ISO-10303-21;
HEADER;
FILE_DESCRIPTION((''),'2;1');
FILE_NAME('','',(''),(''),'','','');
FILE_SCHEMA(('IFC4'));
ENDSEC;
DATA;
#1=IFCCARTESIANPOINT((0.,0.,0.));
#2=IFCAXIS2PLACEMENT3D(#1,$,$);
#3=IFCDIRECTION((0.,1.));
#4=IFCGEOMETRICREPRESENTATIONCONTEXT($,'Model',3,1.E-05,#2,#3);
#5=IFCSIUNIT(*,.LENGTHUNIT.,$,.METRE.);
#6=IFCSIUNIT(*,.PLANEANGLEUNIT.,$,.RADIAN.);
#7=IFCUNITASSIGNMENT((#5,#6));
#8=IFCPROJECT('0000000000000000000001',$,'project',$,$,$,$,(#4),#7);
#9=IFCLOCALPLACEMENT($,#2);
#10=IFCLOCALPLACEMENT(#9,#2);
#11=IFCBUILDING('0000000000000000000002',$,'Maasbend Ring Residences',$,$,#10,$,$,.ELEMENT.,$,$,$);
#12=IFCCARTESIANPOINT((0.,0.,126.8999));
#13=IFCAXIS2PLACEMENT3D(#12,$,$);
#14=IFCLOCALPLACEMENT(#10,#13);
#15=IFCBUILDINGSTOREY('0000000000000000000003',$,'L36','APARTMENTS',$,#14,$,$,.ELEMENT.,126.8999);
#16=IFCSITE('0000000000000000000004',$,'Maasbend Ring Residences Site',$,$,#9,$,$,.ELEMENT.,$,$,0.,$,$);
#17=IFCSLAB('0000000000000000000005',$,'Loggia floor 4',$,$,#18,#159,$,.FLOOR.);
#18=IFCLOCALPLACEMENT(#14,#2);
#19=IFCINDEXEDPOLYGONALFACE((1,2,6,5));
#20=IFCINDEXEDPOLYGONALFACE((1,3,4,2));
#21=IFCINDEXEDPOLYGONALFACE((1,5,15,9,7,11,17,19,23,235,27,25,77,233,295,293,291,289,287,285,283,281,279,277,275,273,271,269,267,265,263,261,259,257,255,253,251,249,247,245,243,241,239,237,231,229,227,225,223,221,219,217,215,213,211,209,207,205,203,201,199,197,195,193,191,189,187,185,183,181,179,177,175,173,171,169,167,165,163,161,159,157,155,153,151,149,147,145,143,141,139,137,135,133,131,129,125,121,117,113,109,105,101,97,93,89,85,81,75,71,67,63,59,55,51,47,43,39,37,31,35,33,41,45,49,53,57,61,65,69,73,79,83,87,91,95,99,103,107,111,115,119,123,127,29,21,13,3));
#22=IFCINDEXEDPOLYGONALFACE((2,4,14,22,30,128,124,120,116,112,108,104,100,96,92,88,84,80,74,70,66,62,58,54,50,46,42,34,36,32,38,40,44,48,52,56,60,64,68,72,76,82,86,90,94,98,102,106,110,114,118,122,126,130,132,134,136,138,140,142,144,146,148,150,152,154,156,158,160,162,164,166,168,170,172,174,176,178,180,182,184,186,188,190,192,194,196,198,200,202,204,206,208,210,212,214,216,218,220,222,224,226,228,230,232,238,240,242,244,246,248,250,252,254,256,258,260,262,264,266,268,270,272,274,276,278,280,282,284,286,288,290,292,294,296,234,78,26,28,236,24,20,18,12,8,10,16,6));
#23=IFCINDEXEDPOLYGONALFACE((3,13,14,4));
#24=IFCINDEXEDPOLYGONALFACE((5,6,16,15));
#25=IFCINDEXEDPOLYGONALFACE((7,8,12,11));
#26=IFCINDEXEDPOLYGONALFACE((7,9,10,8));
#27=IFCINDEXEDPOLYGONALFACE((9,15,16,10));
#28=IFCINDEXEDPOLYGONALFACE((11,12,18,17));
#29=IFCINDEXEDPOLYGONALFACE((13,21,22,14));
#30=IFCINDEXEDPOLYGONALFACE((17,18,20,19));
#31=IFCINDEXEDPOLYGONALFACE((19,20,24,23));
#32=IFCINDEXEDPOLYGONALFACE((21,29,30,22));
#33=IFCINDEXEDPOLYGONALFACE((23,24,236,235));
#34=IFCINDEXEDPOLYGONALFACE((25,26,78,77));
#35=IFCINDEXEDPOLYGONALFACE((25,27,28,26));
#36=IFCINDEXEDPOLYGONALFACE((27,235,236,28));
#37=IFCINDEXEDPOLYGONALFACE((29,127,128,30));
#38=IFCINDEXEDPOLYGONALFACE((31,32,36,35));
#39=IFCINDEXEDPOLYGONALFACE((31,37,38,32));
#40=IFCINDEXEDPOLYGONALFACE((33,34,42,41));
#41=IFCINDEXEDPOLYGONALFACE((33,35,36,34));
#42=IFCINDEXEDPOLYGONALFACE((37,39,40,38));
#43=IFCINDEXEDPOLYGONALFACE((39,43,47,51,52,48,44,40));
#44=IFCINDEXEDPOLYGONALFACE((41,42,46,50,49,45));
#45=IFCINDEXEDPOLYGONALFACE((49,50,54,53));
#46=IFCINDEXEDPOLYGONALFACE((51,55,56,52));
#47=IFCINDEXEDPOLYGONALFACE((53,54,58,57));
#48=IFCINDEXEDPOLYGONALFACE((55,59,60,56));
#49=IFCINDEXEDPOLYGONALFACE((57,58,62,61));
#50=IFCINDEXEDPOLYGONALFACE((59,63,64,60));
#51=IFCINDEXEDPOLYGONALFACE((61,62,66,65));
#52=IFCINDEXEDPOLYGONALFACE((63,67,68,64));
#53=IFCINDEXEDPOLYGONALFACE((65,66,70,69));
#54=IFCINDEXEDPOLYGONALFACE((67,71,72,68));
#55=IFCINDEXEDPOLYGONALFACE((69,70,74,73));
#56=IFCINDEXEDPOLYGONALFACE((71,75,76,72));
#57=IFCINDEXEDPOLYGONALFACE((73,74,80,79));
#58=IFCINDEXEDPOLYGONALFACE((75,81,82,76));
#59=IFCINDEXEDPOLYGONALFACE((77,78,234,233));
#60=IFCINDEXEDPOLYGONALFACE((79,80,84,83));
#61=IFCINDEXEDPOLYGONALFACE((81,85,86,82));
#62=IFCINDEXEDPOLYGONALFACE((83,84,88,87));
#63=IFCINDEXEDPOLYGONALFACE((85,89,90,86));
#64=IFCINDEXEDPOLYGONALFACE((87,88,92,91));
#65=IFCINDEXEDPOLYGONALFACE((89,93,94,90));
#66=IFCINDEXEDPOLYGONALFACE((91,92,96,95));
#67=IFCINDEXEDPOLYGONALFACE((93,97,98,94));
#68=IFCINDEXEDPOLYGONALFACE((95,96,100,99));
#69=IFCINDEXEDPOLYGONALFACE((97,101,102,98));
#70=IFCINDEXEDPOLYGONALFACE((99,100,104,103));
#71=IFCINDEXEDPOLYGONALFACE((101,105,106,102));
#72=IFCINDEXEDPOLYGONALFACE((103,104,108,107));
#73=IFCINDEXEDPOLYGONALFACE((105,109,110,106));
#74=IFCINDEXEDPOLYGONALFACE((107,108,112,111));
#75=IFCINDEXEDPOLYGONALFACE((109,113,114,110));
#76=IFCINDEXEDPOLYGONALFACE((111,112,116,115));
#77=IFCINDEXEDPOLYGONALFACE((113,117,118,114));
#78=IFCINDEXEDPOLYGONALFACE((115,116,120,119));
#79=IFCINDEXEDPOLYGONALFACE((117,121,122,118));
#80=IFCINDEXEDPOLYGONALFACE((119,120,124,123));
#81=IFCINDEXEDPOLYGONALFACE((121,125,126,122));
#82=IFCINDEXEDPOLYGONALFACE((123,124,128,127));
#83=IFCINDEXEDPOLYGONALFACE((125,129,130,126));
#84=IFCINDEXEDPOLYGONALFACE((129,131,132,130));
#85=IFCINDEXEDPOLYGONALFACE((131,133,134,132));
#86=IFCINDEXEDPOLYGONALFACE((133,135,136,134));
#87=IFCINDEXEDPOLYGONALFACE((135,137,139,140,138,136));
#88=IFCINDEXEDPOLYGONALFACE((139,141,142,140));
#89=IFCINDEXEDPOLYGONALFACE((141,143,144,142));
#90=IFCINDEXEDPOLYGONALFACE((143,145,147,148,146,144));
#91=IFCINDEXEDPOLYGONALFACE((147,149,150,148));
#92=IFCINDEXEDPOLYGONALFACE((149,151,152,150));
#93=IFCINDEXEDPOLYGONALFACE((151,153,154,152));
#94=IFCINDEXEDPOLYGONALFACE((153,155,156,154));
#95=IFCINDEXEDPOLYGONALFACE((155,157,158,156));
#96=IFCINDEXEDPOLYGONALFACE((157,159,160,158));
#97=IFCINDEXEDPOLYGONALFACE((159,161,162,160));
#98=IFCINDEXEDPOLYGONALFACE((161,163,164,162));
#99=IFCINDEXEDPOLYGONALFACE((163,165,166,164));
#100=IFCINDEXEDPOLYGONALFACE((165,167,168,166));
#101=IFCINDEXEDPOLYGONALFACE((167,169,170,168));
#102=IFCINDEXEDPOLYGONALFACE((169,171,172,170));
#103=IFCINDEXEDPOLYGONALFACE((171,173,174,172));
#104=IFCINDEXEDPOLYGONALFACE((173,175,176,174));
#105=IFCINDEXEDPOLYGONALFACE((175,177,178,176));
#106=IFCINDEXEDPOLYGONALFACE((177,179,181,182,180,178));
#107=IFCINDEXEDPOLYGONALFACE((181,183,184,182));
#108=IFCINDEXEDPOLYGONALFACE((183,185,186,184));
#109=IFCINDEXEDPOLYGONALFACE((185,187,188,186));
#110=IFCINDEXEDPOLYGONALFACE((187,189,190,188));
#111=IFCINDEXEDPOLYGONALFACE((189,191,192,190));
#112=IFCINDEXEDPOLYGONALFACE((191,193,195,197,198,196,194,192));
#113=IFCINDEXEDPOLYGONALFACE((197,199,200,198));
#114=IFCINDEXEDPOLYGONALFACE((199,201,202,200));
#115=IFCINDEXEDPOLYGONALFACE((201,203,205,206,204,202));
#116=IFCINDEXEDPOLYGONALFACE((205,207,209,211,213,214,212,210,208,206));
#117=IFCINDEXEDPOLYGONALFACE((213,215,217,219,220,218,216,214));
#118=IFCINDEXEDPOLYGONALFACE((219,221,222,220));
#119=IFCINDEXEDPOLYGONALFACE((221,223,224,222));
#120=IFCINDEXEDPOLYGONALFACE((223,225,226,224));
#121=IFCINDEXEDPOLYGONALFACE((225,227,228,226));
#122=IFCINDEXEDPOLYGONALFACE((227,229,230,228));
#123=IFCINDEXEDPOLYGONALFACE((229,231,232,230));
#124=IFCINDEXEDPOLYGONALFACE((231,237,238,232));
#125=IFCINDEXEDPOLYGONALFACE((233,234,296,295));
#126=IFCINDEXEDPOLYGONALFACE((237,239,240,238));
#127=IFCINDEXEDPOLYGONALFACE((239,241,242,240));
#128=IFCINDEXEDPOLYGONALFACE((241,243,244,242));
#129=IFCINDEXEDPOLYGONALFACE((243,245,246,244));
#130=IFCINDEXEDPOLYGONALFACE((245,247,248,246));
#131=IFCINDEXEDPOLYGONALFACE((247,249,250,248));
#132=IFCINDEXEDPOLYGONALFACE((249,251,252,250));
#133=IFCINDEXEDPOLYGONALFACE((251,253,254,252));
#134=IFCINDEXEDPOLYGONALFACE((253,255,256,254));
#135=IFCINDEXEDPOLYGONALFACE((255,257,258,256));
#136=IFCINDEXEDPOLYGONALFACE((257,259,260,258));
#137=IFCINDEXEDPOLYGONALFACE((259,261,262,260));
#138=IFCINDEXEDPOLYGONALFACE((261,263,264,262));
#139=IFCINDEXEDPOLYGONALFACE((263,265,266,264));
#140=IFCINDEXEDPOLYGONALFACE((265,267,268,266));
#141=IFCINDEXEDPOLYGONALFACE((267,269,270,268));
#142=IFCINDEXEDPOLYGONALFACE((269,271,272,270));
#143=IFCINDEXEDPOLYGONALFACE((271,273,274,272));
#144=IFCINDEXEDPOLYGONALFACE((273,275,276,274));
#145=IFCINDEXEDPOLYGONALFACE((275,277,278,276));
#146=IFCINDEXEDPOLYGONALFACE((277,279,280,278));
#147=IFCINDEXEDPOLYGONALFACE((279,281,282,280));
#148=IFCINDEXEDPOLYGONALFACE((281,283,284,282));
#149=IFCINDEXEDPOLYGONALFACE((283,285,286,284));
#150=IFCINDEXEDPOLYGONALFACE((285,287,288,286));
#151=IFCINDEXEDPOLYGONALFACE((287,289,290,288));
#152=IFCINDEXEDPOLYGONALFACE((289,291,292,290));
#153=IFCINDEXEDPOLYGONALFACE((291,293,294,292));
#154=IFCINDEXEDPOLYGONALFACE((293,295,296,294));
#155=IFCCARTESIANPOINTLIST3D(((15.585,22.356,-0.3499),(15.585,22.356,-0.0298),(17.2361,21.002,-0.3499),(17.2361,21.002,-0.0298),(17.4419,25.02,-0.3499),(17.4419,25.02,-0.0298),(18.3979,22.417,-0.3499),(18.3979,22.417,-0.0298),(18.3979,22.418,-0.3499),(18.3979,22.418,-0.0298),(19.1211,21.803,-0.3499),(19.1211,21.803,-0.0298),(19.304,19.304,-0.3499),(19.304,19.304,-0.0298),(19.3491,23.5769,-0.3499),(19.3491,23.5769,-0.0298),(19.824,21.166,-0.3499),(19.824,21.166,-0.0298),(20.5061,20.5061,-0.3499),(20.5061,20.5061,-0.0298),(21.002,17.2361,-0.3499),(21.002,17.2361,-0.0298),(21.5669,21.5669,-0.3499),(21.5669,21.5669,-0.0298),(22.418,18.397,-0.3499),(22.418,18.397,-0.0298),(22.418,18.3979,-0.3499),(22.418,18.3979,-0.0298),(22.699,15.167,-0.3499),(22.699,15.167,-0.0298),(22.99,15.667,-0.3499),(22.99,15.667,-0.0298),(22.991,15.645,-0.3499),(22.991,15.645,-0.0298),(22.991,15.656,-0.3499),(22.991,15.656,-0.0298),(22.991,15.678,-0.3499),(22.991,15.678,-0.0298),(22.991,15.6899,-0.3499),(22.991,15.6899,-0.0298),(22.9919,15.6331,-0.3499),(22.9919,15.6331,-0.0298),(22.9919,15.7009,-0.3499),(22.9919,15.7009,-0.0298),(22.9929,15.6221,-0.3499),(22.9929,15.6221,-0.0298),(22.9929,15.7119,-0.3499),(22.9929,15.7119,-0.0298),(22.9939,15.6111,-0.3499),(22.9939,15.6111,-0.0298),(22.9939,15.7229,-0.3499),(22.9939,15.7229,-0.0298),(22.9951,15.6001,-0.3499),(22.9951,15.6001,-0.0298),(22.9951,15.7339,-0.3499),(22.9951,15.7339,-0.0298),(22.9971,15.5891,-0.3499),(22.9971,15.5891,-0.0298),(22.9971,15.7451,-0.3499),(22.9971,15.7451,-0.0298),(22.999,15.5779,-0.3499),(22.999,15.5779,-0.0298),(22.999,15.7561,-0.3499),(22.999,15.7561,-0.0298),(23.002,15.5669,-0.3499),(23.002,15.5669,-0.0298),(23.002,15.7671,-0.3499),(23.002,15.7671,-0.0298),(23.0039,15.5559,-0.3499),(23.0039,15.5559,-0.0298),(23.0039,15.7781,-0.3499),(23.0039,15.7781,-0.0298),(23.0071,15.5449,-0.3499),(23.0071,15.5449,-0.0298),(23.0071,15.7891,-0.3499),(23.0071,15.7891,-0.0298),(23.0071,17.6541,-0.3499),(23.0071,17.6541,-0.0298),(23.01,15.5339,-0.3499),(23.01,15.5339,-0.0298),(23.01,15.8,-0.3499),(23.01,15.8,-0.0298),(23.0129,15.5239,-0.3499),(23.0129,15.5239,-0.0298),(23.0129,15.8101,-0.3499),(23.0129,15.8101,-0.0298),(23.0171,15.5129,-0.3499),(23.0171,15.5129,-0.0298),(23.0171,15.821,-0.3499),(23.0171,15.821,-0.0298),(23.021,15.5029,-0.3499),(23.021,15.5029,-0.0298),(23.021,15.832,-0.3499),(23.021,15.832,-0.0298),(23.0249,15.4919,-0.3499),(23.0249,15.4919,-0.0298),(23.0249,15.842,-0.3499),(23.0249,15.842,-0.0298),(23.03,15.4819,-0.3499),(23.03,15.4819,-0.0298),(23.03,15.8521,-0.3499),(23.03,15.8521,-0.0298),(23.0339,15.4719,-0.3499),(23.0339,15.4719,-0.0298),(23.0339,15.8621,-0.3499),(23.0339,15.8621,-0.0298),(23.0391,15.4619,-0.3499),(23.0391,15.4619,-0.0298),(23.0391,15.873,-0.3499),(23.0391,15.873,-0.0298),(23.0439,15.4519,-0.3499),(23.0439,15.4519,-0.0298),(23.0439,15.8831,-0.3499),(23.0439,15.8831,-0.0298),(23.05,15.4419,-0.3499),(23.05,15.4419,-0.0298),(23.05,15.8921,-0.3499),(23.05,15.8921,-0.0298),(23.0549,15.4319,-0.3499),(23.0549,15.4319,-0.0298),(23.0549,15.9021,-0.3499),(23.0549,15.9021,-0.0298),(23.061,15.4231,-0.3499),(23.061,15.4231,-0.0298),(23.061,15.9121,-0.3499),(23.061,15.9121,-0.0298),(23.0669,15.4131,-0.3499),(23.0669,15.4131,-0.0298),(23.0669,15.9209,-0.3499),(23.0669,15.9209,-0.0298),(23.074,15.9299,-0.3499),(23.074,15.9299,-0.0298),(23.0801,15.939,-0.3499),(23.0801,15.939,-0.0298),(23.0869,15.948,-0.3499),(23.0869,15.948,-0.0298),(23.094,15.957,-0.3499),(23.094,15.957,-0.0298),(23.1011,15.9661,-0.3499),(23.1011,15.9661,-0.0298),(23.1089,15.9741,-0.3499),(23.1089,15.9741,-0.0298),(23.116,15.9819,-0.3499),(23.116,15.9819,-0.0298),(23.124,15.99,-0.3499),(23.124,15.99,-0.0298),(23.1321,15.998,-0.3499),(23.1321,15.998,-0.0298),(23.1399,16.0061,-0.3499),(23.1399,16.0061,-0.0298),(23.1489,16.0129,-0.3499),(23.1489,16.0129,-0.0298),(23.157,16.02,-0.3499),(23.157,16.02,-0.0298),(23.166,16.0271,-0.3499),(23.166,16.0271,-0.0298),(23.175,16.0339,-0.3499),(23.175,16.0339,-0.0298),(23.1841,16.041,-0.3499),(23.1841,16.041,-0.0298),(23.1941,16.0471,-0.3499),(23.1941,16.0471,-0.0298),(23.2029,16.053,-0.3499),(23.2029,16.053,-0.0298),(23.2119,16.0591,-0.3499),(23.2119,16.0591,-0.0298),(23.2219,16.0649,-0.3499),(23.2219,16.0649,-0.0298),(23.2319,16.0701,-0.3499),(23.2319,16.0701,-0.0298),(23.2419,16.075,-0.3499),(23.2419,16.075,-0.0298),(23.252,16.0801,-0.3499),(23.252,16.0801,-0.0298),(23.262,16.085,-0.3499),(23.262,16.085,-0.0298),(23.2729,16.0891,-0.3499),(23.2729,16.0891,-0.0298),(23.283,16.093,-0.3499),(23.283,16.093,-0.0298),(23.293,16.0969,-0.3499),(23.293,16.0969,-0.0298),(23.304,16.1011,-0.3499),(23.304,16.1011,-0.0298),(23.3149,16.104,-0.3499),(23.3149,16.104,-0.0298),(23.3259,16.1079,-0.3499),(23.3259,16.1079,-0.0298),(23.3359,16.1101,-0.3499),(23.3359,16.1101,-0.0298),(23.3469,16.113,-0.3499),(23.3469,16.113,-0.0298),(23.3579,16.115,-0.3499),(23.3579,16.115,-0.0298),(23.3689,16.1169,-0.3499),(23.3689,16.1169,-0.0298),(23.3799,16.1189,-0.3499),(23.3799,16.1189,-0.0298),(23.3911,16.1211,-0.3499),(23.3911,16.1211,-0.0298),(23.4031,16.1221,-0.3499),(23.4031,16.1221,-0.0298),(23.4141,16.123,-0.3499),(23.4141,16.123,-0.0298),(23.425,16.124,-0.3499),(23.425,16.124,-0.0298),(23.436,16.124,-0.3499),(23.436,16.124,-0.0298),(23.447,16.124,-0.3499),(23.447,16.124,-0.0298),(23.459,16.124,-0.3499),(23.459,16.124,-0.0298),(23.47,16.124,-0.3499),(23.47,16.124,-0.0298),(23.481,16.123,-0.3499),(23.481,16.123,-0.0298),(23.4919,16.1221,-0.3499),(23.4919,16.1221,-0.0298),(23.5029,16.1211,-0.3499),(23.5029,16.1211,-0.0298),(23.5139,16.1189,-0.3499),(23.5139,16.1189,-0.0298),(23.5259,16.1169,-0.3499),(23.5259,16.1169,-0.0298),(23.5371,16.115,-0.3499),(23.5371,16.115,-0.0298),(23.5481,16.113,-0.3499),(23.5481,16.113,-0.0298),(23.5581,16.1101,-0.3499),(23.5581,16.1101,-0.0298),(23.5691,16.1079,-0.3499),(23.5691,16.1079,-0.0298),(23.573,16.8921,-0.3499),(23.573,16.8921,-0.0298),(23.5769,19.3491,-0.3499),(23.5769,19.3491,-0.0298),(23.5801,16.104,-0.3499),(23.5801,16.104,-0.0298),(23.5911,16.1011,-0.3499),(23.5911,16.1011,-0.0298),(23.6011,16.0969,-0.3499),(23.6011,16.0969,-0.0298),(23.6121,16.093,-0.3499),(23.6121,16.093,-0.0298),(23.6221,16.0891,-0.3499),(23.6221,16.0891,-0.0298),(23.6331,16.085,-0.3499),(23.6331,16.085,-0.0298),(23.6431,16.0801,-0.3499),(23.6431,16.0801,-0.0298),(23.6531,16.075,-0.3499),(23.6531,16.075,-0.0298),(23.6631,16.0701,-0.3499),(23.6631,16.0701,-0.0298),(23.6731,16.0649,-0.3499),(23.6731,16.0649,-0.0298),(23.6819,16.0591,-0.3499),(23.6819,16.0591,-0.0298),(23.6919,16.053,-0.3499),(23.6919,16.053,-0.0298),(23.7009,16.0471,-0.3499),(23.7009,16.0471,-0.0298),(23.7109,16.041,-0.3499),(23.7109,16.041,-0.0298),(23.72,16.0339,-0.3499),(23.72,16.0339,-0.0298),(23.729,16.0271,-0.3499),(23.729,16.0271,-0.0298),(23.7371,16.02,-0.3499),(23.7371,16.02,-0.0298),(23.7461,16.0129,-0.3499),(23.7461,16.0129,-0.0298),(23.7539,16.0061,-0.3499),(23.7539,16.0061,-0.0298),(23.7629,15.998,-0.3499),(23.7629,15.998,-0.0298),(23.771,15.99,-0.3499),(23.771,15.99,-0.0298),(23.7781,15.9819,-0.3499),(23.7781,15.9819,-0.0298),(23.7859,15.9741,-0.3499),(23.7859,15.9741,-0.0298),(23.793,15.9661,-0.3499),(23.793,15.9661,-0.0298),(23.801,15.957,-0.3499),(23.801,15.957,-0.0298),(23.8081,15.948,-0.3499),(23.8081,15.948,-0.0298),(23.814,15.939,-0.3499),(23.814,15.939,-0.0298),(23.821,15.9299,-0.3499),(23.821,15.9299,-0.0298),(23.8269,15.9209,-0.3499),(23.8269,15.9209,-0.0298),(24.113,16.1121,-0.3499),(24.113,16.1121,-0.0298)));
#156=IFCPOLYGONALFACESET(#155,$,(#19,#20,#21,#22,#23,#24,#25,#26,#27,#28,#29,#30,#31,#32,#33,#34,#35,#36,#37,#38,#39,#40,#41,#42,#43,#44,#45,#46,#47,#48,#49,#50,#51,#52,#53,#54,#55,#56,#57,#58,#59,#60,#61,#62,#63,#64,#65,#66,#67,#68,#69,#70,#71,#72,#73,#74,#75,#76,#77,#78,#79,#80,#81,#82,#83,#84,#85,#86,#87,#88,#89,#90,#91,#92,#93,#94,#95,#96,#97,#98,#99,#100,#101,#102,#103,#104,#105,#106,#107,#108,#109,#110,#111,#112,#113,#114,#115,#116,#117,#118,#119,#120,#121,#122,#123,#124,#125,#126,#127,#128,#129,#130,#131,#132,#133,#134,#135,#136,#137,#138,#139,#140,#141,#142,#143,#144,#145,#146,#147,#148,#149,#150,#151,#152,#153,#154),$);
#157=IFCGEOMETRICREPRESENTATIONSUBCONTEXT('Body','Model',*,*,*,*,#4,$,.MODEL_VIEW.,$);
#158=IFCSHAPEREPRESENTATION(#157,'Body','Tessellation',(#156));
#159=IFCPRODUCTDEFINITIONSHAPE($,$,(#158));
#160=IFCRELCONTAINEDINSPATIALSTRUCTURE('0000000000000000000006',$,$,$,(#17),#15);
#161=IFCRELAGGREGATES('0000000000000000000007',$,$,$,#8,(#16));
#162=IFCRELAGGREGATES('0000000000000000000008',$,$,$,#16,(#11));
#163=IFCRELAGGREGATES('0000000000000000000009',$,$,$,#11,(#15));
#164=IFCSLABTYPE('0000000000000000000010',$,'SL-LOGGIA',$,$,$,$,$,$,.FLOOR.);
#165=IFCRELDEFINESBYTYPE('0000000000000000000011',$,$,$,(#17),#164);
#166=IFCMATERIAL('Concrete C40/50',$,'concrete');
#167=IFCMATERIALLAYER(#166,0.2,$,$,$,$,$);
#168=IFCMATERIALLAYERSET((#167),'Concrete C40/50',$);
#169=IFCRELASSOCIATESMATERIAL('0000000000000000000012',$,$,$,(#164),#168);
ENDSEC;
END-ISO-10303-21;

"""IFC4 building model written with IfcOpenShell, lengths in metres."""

from ifc_helpers import new_model, si_unit, direction, frame, origin, place, context, subcontext, project, spatial, polyline, outline, extrude, material, layer, layer_set, type_object, element, save


model = new_model("IFC4")

# Units and contexts
model_context = context("Model", 3, precision=1e-05, world=origin(), true_north=direction((0.0, 1.0)))
body_context = subcontext(model_context, "Body", "Model", "MODEL_VIEW")
ifc_project = project(units=[si_unit("LENGTHUNIT", "METRE"), si_unit("PLANEANGLEUNIT", "RADIAN")], contexts=[model_context])

# Site, building, storey
site_placement = place(None, origin())
site = spatial("IfcSite", under=ifc_project, at=site_placement, Name="Maasbend Ring Residences Site", CompositionType="ELEMENT", RefElevation=0.0)
building_placement = place(site_placement, origin())
building = spatial("IfcBuilding", under=site, at=building_placement, Name="Maasbend Ring Residences", CompositionType="ELEMENT")
storey_placement = place(building_placement, frame((0.0, 0.0, 126.8999)))
storey = spatial("IfcBuildingStorey", under=building, at=storey_placement, Name="L36", Description="APARTMENTS", CompositionType="ELEMENT", Elevation=126.8999)

# Slab
ifc_material_1 = material(Name="Concrete C40/50", Category="concrete")
ifc_layer_1 = layer(ifc_material_1, 0.2)
ifc_layer_set_1 = layer_set([ifc_layer_1], Name="Concrete C40/50")
slab_type_1 = type_object("IfcSlabType", Name="SL-LOGGIA", PredefinedType="FLOOR", material=ifc_layer_set_1)
slab_1_placement = place(storey_placement, frame((0.0, 0.0, -0.3499)))
element("IfcSlab", 1, at=slab_1_placement, inside=storey, type_object=slab_type_1, Name="Loggia floor 4", PredefinedType="FLOOR", context=body_context, shape_type="SweptSolid", body=[
    extrude(outline(polyline([(19.3491, 23.5769), (19.3491, 23.5769), (19.3491, 23.5769), (18.3979, 22.418), (18.3979, 22.418), (18.3979, 22.418), (18.3979, 22.418), (18.3979, 22.418), (18.3979, 22.417), (18.3979, 22.417), (18.3979, 22.417), (18.3979, 22.417), (18.3979, 22.417), (18.3979, 22.417), (18.3979, 22.417), (18.3979, 22.417), (18.3979, 22.417), (18.3979, 22.417), (18.3979, 22.417), (18.3979, 22.417), (19.1211, 21.803), (19.1211, 21.803), (19.824, 21.166), (19.824, 21.166), (20.5061, 20.5061), (20.5061, 20.5061), (20.5061, 20.5061), (20.5061, 20.5061), (20.5061, 20.5061), (20.5061, 20.5061), (20.5061, 20.5061), (20.5061, 20.5061), (20.5061, 20.5061), (20.5061, 20.5061), (20.5061, 20.5061), (20.5061, 20.5061), (20.5061, 20.5061), (20.5061, 20.5061), (20.5061, 20.5061), (20.5061, 20.5061), (20.5061, 20.5061), (21.5669, 21.5669), (21.5669, 21.5669), (21.5669, 21.5669), (23.5769, 19.3491), (23.5769, 19.3491), (23.5769, 19.3491), (22.418, 18.3979), (22.418, 18.3979), (22.418, 18.3979), (22.418, 18.3979), (22.418, 18.3979), (22.418, 18.3979), (22.418, 18.397), (22.418, 18.397), (22.418, 18.397), (22.418, 18.397), (22.418, 18.397), (22.418, 18.397), (22.418, 18.397), (22.418, 18.397), (22.418, 18.397), (22.418, 18.397), (22.418, 18.397), (23.0071, 17.6541), (23.0071, 17.6541), (23.573, 16.8921), (23.573, 16.8921), (24.113, 16.1121), (24.113, 16.1121), (24.113, 16.1121), (23.8269, 15.9209), (23.8269, 15.9209), (23.821, 15.9299), (23.814, 15.939), (23.8081, 15.948), (23.801, 15.957), (23.793, 15.9661), (23.7859, 15.9741), (23.7781, 15.9819), (23.771, 15.99), (23.7629, 15.998), (23.7539, 16.0061), (23.7461, 16.0129), (23.7371, 16.02), (23.729, 16.0271), (23.72, 16.0339), (23.7109, 16.041), (23.7009, 16.0471), (23.6919, 16.053), (23.6819, 16.0591), (23.6731, 16.0649), (23.6631, 16.0701), (23.6531, 16.075), (23.6431, 16.0801), (23.6331, 16.085), (23.6221, 16.0891), (23.6121, 16.093), (23.6011, 16.0969), (23.5911, 16.1011), (23.5801, 16.104), (23.5691, 16.1079), (23.5581, 16.1101), (23.5481, 16.113), (23.5371, 16.115), (23.5259, 16.1169), (23.5139, 16.1189), (23.5029, 16.1211), (23.4919, 16.1221), (23.481, 16.123), (23.47, 16.124), (23.459, 16.124), (23.447, 16.124), (23.436, 16.124), (23.425, 16.124), (23.4141, 16.123), (23.4031, 16.1221), (23.3911, 16.1211), (23.3799, 16.1189), (23.3689, 16.1169), (23.3579, 16.115), (23.3469, 16.113), (23.3359, 16.1101), (23.3259, 16.1079), (23.3149, 16.104), (23.304, 16.1011), (23.293, 16.0969), (23.283, 16.093), (23.2729, 16.0891), (23.262, 16.085), (23.252, 16.0801), (23.2419, 16.075), (23.2319, 16.0701), (23.2219, 16.0649), (23.2119, 16.0591), (23.2029, 16.053), (23.1941, 16.0471), (23.1841, 16.041), (23.175, 16.0339), (23.166, 16.0271), (23.157, 16.02), (23.1489, 16.0129), (23.1399, 16.0061), (23.1321, 15.998), (23.124, 15.99), (23.116, 15.9819), (23.1089, 15.9741), (23.1011, 15.9661), (23.094, 15.957), (23.0869, 15.948), (23.0801, 15.939), (23.074, 15.9299), (23.0669, 15.9209), (23.061, 15.9121), (23.0549, 15.9021), (23.05, 15.8921), (23.0439, 15.8831), (23.0391, 15.873), (23.0339, 15.8621), (23.03, 15.8521), (23.0249, 15.842), (23.021, 15.832), (23.0171, 15.821), (23.0129, 15.8101), (23.01, 15.8), (23.0071, 15.7891), (23.0039, 15.7781), (23.002, 15.7671), (22.999, 15.7561), (22.9971, 15.7451), (22.9951, 15.7339), (22.9939, 15.7229), (22.9929, 15.7119), (22.9919, 15.7009), (22.991, 15.6899), (22.991, 15.678), (22.99, 15.667), (22.991, 15.656), (22.991, 15.645), (22.9919, 15.6331), (22.9929, 15.6221), (22.9939, 15.6111), (22.9951, 15.6001), (22.9971, 15.5891), (22.999, 15.5779), (23.002, 15.5669), (23.0039, 15.5559), (23.0071, 15.5449), (23.01, 15.5339), (23.0129, 15.5239), (23.0171, 15.5129), (23.021, 15.5029), (23.0249, 15.4919), (23.03, 15.4819), (23.0339, 15.4719), (23.0391, 15.4619), (23.0439, 15.4519), (23.05, 15.4419), (23.0549, 15.4319), (23.061, 15.4231), (23.0669, 15.4131), (23.0669, 15.4131), (22.699, 15.167), (22.699, 15.167), (22.699, 15.167), (21.002, 17.2361), (19.304, 19.304), (19.304, 19.304), (19.304, 19.304), (17.2361, 21.002), (15.585, 22.356), (15.585, 22.356), (15.585, 22.356), (17.4419, 25.02), (17.4419, 25.02), (17.4419, 25.02), (19.3491, 23.5769)])), origin(), (0.0, 0.0, 1.0), 0.3201),
])

save(model, "model.ifc")
